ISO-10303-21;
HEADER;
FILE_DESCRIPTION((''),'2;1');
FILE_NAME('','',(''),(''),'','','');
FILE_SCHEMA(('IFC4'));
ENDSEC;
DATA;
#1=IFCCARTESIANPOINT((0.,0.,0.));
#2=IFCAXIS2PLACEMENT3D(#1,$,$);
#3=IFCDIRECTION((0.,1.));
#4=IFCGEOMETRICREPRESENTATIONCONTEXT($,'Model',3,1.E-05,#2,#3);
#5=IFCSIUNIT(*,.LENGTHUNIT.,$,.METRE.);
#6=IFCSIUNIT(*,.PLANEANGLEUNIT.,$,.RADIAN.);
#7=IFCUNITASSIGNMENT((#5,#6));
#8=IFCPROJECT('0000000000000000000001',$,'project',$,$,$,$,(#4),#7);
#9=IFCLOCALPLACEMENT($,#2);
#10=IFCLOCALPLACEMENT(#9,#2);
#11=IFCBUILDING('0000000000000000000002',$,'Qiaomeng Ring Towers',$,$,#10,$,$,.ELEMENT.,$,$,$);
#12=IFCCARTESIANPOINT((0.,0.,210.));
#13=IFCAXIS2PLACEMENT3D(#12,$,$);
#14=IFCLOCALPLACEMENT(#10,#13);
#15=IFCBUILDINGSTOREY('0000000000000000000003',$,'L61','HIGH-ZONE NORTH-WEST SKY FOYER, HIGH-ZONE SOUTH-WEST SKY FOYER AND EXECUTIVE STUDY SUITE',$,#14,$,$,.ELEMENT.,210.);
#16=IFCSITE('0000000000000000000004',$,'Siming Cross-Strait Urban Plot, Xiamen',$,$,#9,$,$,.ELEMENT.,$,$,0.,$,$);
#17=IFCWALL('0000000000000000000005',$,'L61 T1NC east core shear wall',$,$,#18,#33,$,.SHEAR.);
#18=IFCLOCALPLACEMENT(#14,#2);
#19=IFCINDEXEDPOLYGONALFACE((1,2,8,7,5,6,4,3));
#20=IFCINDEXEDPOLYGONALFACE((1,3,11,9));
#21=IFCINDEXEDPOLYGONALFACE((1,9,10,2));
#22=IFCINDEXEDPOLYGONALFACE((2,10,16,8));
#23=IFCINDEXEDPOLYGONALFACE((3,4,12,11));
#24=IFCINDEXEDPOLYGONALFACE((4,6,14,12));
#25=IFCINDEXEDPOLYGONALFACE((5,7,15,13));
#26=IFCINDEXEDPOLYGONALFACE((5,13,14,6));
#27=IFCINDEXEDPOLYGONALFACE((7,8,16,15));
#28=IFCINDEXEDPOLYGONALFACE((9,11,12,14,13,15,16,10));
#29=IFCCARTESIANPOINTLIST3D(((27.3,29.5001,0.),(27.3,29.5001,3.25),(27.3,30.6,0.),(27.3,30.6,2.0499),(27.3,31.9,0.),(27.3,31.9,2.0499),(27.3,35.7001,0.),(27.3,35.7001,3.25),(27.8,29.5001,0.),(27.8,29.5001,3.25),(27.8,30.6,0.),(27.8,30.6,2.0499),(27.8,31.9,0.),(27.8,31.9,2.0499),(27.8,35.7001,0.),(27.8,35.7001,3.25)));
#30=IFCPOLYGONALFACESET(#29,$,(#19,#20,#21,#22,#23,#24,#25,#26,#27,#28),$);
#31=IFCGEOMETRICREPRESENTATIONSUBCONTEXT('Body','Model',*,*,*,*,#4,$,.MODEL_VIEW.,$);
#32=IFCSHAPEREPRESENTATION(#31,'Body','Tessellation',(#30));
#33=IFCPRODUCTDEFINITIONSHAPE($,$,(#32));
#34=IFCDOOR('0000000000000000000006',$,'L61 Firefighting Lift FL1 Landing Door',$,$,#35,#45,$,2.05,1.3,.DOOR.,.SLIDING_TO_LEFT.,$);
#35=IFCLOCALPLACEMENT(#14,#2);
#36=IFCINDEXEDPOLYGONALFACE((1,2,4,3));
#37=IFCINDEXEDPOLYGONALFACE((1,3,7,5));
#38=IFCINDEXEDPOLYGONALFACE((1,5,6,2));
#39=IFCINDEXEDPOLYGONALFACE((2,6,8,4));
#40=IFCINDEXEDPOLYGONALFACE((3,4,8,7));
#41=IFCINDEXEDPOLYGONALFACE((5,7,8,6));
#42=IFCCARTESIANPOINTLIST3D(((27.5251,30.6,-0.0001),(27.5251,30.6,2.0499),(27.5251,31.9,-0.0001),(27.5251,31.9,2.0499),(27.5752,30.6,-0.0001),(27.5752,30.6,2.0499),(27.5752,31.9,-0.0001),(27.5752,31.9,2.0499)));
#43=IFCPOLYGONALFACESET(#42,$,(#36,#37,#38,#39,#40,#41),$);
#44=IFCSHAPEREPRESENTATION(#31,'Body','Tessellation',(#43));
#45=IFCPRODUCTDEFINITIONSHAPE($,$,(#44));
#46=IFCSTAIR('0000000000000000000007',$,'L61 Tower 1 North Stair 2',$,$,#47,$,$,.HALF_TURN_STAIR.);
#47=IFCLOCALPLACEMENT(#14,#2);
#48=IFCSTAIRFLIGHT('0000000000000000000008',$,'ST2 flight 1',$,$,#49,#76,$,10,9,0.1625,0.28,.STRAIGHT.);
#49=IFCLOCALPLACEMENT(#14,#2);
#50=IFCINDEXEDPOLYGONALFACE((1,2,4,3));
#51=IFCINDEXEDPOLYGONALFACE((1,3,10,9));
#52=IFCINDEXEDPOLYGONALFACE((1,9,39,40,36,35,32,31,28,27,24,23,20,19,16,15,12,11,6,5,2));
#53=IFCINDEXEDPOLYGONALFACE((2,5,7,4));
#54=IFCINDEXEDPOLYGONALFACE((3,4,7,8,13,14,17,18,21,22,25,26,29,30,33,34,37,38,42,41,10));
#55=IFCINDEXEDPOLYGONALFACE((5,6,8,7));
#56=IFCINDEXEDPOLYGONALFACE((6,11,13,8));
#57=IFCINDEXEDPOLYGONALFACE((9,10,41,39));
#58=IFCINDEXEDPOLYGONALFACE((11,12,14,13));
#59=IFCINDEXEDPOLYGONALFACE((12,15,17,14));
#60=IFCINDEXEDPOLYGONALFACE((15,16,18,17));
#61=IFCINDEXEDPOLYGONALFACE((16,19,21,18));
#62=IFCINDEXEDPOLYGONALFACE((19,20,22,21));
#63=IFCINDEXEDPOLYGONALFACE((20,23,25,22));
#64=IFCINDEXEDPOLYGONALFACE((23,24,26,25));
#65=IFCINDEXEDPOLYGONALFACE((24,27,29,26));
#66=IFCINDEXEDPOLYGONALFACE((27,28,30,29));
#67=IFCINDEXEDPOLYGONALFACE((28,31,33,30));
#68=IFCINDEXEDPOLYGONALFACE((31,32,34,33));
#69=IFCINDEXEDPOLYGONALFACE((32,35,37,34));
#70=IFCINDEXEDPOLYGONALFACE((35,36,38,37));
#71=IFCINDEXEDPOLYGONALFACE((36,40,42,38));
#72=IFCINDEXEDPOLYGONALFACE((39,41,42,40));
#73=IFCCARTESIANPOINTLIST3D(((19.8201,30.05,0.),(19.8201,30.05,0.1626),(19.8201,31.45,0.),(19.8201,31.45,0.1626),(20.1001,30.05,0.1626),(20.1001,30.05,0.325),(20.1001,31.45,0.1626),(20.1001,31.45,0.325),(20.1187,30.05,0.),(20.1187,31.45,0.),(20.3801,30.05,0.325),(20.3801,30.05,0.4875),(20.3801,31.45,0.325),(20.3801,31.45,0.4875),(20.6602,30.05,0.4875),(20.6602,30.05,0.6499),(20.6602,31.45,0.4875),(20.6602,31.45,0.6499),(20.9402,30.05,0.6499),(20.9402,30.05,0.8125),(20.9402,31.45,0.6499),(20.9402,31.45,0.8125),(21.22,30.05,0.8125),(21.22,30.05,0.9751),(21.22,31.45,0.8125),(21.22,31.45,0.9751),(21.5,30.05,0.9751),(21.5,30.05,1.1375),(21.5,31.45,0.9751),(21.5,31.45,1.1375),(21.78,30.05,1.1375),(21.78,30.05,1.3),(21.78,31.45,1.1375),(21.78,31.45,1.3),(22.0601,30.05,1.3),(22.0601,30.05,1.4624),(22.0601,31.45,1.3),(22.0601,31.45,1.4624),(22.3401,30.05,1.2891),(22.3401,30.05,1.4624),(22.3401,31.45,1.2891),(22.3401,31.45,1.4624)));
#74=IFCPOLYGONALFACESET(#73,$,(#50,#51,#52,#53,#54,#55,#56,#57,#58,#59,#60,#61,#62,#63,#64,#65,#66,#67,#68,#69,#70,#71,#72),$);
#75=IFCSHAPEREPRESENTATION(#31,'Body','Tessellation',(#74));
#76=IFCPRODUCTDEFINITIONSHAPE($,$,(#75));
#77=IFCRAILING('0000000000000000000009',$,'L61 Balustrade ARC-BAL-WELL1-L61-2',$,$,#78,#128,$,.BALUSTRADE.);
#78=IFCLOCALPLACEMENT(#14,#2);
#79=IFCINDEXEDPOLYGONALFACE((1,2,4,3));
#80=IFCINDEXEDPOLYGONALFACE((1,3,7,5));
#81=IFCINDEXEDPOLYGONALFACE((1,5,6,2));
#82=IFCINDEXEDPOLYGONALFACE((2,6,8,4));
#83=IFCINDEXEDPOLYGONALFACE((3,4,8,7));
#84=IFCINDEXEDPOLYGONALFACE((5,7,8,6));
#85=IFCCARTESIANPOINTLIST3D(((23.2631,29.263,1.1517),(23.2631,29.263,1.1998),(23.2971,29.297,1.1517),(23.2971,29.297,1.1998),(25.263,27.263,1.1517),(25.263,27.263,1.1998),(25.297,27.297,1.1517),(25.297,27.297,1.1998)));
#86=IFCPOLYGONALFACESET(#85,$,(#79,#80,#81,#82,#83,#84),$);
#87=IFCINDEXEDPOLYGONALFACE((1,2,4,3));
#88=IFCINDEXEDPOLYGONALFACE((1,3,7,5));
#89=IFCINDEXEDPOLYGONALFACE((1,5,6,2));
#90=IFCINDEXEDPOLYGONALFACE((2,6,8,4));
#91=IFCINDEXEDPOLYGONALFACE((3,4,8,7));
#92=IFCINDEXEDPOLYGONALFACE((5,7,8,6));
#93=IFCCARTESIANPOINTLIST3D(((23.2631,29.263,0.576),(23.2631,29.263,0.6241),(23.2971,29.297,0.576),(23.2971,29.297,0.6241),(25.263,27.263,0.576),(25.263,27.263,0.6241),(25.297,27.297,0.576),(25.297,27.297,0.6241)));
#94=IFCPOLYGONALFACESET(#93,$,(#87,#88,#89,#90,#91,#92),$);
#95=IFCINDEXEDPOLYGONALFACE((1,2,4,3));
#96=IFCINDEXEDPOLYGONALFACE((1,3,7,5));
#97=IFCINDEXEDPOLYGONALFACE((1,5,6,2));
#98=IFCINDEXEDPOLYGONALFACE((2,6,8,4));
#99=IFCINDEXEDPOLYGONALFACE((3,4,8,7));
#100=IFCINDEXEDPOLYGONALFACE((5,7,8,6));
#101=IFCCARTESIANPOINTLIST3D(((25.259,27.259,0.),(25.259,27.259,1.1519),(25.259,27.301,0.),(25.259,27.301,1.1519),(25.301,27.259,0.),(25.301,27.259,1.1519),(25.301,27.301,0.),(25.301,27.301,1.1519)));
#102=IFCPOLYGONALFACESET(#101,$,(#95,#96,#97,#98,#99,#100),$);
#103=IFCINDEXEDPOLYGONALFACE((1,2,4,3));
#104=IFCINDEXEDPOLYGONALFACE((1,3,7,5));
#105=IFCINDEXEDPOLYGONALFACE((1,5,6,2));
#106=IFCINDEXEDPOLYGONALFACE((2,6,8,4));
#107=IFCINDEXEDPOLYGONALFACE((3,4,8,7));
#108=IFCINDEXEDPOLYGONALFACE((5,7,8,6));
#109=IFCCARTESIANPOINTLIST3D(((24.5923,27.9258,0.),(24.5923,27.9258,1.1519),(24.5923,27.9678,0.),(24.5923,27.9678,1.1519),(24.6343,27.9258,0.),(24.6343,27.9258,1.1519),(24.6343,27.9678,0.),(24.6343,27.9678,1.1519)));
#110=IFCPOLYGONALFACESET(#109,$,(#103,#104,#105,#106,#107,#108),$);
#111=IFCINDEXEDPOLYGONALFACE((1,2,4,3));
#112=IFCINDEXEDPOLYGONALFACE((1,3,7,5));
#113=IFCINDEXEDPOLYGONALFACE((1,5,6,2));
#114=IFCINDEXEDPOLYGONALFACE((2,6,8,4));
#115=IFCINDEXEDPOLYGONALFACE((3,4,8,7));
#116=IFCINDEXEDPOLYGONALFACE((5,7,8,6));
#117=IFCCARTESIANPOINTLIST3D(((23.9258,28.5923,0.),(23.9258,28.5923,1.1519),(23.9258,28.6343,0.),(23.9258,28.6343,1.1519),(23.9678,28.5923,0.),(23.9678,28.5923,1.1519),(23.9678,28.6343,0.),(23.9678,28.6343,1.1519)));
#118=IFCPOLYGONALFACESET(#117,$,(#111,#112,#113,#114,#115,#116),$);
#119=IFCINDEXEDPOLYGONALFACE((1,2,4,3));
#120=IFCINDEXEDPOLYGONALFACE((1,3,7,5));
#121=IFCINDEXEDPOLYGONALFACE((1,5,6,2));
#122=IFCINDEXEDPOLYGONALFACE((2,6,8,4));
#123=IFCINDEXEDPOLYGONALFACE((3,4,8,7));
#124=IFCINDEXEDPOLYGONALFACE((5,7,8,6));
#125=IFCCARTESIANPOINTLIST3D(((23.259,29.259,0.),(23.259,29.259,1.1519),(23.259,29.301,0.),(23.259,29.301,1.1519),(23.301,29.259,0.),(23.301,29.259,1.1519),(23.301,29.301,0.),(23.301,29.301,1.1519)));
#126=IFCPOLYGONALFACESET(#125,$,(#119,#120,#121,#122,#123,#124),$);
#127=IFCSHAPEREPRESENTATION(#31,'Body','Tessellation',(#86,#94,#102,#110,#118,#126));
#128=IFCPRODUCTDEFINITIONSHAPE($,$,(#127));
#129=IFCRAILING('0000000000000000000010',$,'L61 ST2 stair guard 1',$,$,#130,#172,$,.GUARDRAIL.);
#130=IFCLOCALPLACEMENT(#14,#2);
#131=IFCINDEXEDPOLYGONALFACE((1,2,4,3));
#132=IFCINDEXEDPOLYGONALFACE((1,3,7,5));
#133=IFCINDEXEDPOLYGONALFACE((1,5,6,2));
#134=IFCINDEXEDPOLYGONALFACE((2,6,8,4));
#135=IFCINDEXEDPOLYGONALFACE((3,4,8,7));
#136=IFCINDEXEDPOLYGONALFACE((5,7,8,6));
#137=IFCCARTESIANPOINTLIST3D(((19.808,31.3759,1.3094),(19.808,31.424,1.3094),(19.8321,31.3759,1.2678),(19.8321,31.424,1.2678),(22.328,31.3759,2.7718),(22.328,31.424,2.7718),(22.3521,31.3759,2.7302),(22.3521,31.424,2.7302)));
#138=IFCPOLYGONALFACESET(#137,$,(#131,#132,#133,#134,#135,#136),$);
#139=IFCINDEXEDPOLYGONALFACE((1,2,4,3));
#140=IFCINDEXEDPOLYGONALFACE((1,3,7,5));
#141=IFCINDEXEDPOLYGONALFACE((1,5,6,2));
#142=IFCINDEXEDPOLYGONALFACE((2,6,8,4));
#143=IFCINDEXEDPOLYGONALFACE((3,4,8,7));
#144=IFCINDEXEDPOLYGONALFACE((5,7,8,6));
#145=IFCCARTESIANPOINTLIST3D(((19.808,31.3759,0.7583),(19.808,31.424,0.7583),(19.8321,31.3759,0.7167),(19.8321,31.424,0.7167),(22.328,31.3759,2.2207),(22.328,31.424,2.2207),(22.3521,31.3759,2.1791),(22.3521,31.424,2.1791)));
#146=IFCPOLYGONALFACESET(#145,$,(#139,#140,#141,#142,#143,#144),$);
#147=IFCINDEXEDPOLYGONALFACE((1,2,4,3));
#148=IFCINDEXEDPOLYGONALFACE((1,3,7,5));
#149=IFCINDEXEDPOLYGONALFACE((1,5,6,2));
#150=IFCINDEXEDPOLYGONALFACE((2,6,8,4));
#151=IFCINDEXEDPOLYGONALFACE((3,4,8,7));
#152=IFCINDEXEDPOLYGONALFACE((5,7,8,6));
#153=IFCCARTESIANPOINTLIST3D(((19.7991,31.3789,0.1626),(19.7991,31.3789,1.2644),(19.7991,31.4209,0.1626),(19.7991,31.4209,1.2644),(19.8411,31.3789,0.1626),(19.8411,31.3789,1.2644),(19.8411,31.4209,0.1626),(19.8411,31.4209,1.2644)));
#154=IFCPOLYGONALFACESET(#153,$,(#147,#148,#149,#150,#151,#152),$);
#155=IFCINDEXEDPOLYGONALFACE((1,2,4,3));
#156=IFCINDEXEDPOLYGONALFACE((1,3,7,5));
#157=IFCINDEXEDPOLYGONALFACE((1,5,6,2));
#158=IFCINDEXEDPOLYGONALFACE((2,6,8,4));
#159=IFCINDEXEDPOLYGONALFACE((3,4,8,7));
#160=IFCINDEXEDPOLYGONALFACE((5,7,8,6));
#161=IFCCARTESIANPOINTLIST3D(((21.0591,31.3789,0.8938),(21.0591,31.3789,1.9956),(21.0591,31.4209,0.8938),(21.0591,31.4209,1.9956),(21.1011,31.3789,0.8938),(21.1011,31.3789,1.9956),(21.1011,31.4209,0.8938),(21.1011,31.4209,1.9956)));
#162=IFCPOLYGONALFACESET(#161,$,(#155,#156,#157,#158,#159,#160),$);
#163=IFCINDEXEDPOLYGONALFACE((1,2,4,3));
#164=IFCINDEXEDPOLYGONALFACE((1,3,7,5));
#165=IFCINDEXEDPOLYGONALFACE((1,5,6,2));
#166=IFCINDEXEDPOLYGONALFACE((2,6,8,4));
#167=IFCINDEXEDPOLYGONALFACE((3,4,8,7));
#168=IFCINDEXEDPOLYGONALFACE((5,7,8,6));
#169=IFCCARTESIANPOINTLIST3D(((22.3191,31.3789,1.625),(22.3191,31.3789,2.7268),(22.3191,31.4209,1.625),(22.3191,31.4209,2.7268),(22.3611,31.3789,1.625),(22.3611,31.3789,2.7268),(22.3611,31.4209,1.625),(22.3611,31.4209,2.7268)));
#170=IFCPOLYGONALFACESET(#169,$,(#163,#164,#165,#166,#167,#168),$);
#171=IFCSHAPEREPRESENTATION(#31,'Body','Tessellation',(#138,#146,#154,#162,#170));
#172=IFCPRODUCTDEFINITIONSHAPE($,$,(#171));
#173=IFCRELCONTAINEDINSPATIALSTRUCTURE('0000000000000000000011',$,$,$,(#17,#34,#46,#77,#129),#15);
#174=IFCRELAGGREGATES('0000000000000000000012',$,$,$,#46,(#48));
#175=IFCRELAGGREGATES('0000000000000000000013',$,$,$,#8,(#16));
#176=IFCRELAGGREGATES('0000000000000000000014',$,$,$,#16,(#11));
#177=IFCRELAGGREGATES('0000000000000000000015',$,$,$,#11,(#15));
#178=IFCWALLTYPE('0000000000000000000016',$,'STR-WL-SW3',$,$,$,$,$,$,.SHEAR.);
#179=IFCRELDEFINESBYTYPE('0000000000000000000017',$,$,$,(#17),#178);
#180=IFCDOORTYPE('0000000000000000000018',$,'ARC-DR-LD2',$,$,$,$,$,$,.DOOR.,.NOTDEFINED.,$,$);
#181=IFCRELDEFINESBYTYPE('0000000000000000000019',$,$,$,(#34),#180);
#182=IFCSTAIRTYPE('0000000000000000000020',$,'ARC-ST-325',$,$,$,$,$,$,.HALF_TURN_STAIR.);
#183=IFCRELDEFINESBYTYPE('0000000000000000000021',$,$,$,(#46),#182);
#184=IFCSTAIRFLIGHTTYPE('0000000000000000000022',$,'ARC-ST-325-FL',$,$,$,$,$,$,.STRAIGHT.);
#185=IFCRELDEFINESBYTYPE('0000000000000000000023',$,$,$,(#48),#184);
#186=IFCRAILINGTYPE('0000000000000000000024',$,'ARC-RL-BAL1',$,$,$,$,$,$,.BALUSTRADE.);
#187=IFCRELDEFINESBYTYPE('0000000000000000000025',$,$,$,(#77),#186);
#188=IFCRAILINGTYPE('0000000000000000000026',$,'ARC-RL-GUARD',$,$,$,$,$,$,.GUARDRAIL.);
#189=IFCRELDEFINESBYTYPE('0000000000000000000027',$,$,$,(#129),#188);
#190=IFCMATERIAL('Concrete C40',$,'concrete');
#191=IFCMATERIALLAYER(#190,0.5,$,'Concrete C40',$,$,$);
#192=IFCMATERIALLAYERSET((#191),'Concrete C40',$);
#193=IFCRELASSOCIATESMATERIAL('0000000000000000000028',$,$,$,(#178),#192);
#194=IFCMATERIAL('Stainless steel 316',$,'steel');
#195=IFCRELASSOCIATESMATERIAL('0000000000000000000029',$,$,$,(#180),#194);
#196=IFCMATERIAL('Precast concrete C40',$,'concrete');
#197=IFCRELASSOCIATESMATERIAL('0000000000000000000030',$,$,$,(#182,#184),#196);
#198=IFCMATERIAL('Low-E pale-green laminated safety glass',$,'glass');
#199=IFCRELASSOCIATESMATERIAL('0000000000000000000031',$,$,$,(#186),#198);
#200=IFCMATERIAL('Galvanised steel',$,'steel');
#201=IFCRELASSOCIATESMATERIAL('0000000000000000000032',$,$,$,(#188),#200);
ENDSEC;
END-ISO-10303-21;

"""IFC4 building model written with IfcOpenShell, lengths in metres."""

from ifc_helpers import new_model, si_unit, direction, frame, frame_2d, origin, origin_2d, place, context, subcontext, project, spatial, polyline, rectangle, outline, extrude, source, transform, mapped, material, layer, layer_set, type_object, element, fill, aggregate, save


model = new_model("IFC4")

# Units and contexts
model_context = context("Model", 3, precision=1e-05, world=origin(), true_north=direction((0.0, 1.0)))
body_context = subcontext(model_context, "Body", "Model", "MODEL_VIEW")
ifc_project = project(units=[si_unit("LENGTHUNIT", "METRE"), si_unit("PLANEANGLEUNIT", "RADIAN")], contexts=[model_context])

# Site, building, storey
site_placement = place(None, origin())
site = spatial("IfcSite", under=ifc_project, at=site_placement, Name="Siming Cross-Strait Urban Plot, Xiamen", CompositionType="ELEMENT", RefElevation=0.0)
building_placement = place(site_placement, origin())
building = spatial("IfcBuilding", under=site, at=building_placement, Name="Qiaomeng Ring Towers", CompositionType="ELEMENT")
storey_placement = place(building_placement, frame((0.0, 0.0, 210.0)))
storey = spatial("IfcBuildingStorey", under=building, at=storey_placement, Name="L61", Description="HIGH-ZONE NORTH-WEST SKY FOYER, HIGH-ZONE SOUTH-WEST SKY FOYER AND EXECUTIVE STUDY SUITE", CompositionType="ELEMENT", Elevation=210.0)

# Shared definitions
ifc_material_1 = material(Name="Concrete C40", Category="concrete")

# Shared definitions
ifc_material_2 = material(Name="Stainless steel 316", Category="steel")

# Shared definitions
ifc_material_3 = material(Name="Galvanised steel", Category="steel")

# Wall, opening, door
ifc_layer_1 = layer(ifc_material_1, 0.5, Name="Concrete C40")
ifc_layer_set_1 = layer_set([ifc_layer_1], Name="Concrete C40")
wall_type_1 = type_object("IfcWallType", Name="STR-WL-SW3", PredefinedType="SHEAR", material=ifc_layer_set_1)
wall_1_placement = place(storey_placement, frame((27.55, 29.5, 0.0), z_axis=(0.0, 0.0, 1.0), x_axis=(0.0, 1.0, 0.0)))
wall_1 = element("IfcWall", 1, at=wall_1_placement, inside=storey, type_object=wall_type_1, Name="L61 T1NC east core shear wall", PredefinedType="SHEAR", context=body_context, shape_type="SweptSolid", body=[
    extrude(rectangle(XDim=6.2, YDim=0.5, at=frame_2d((3.1001, 0.0))), origin(), (0.0, 0.0, 1.0), 3.25),
])
opening_1_placement = place(wall_1_placement, frame((1.1001, 0.0, 0.0)))
opening_1 = element("IfcOpeningElement", 2, at=opening_1_placement, cuts=wall_1, PredefinedType="OPENING", context=body_context, shape_type="SweptSolid", body=[
    extrude(rectangle(XDim=1.3, YDim=2.05, at=frame_2d((0.6499, 1.0249))), frame((0.0, 0.26, 0.0), z_axis=(0.0, -1.0, 0.0), x_axis=(1.0, 0.0, 0.0)), (0.0, 0.0, 1.0), 0.52),
])
door_type_1 = type_object("IfcDoorType", Name="ARC-DR-LD2", OperationType="NOTDEFINED", PredefinedType="DOOR", material=ifc_material_2)
shared_shape_1 = source(origin(), body_context, "Body", "SweptSolid", [
    extrude(rectangle(XDim=1.3, YDim=2.05, at=frame_2d((0.6499, 1.0249))), frame((0.0, 0.0249, 0.0), z_axis=(0.0, -1.0, 0.0), x_axis=(1.0, 0.0, 0.0)), (0.0, 0.0, 1.0), 0.05),
])
door_1_placement = place(opening_1_placement, origin())
door_1 = element("IfcDoor", 3, at=door_1_placement, inside=storey, type_object=door_type_1, Name="L61 Firefighting Lift FL1 Landing Door", OperationType="SLIDING_TO_LEFT", OverallHeight=2.05, OverallWidth=1.3, PredefinedType="DOOR", context=body_context, shape_type="MappedRepresentation", body=[
    mapped(shared_shape_1, transform((0.0, 0.0, 0.0), x_axis=(1.0, 0.0, 0.0), y_axis=(0.0, 1.0, 0.0), z_axis=(0.0, 0.0, 1.0), scale=1.0)),
])
fill(opening_1, door_1)

# Stair, stair flight
ifc_material_4 = material(Name="Precast concrete C40", Category="concrete")
stair_type = type_object("IfcStairType", Name="ARC-ST-325", PredefinedType="HALF_TURN_STAIR", material=ifc_material_4)
stair_placement = place(storey_placement, origin())
stair = element("IfcStair", 4, at=stair_placement, inside=storey, type_object=stair_type, Name="L61 Tower 1 North Stair 2", PredefinedType="HALF_TURN_STAIR")
stair_flight_type = type_object("IfcStairFlightType", Name="ARC-ST-325-FL", PredefinedType="STRAIGHT", material=ifc_material_4)
shared_shape_2 = source(origin(), body_context, "Body", "SweptSolid", [
    extrude(outline(polyline([(0.0, 0.0), (0.0, 0.1626), (0.28, 0.1626), (0.28, 0.325), (0.5601, 0.325), (0.5601, 0.4875), (0.8401, 0.4875), (0.8401, 0.6499), (1.1201, 0.6499), (1.1201, 0.8125), (1.3999, 0.8125), (1.3999, 0.9751), (1.6799, 0.9751), (1.6799, 1.1375), (1.96, 1.1375), (1.96, 1.3), (2.24, 1.3), (2.24, 1.4624), (2.52, 1.4624), (2.52, 1.625), (2.52, 1.2891), (0.2986, 0.0), (0.0, 0.0)])), frame((0.0, 0.7, 0.0), z_axis=(0.0, -1.0, 0.0), x_axis=(1.0, 0.0, 0.0)), (0.0, 0.0, 1.0), 1.3999),
])
stair_flight_placement = place(storey_placement, frame((19.8201, 30.75, 0.0), z_axis=(0.0, 0.0, 1.0), x_axis=(1.0, 0.0, 0.0)))
stair_flight = element("IfcStairFlight", 5, at=stair_flight_placement, type_object=stair_flight_type, Name="ST2 flight 1", NumberOfRisers=10, NumberOfTreads=9, PredefinedType="STRAIGHT", RiserHeight=0.1625, TreadLength=0.28, context=body_context, shape_type="MappedRepresentation", body=[
    mapped(shared_shape_2, transform((0.0, 0.0, 0.0), x_axis=(1.0, 0.0, 0.0), y_axis=(0.0, 1.0, 0.0), z_axis=(0.0, 0.0, 1.0), scale=1.0)),
])
aggregate(stair, [stair_flight])

# Railings
ifc_material_5 = material(Name="Low-E pale-green laminated safety glass", Category="glass")
railing_type_1 = type_object("IfcRailingType", Name="ARC-RL-BAL1", PredefinedType="BALUSTRADE", material=ifc_material_5)
railing_1_placement = place(storey_placement, frame((25.28, 27.28, 0.0)))
element("IfcRailing", 6, at=railing_1_placement, inside=storey, type_object=railing_type_1, Name="L61 Balustrade ARC-BAL-WELL1-L61-2", PredefinedType="BALUSTRADE", context=body_context, shape_type="SweptSolid", body=[
    extrude(rectangle(XDim=0.0481, YDim=0.0481, at=origin_2d()), frame((0.0, 0.0, 1.1758), z_axis=(-0.707107, 0.707107, 0.0), x_axis=(-0.707107, -0.707107, 0.0)), (0.0, 0.0, 1.0), 2.8284),
    extrude(rectangle(XDim=0.0481, YDim=0.0481, at=origin_2d()), frame((0.0, 0.0, 0.6001), z_axis=(-0.707107, 0.707107, 0.0), x_axis=(-0.707107, -0.707107, 0.0)), (0.0, 0.0, 1.0), 2.8284),
    extrude(rectangle(XDim=0.042, YDim=0.042, at=origin_2d()), origin(), (0.0, 0.0, 1.0), 1.1519),
    extrude(rectangle(XDim=0.042, YDim=0.042, at=origin_2d()), frame((-0.6667, 0.6667, 0.0)), (0.0, 0.0, 1.0), 1.1519),
    extrude(rectangle(XDim=0.042, YDim=0.042, at=origin_2d()), frame((-1.3333, 1.3333, 0.0)), (0.0, 0.0, 1.0), 1.1519),
    extrude(rectangle(XDim=0.042, YDim=0.042, at=origin_2d()), frame((-2.0, 2.0, 0.0)), (0.0, 0.0, 1.0), 1.1519),
])
railing_type_2 = type_object("IfcRailingType", Name="ARC-RL-GUARD", PredefinedType="GUARDRAIL", material=ifc_material_3)
railing_2_placement = place(storey_placement, frame((19.8201, 31.3999, 0.1626)))
element("IfcRailing", 7, at=railing_2_placement, inside=storey, type_object=railing_type_2, Name="L61 ST2 stair guard 1", PredefinedType="GUARDRAIL", context=body_context, shape_type="SweptSolid", body=[
    extrude(rectangle(XDim=0.0481, YDim=0.0481, at=origin_2d()), frame((0.0, 0.0, 1.126), z_axis=(0.864913, 0.0, 0.501921), x_axis=(0.0, 1.0, 0.0)), (0.0, 0.0, 1.0), 2.9136),
    extrude(rectangle(XDim=0.0481, YDim=0.0481, at=origin_2d()), frame((0.0, 0.0, 0.575), z_axis=(0.864913, 0.0, 0.501921), x_axis=(0.0, 1.0, 0.0)), (0.0, 0.0, 1.0), 2.9136),
    extrude(rectangle(XDim=0.042, YDim=0.042, at=origin_2d()), origin(), (0.0, 0.0, 1.0), 1.1018),
    extrude(rectangle(XDim=0.042, YDim=0.042, at=origin_2d()), frame((1.26, 0.0, 0.7312)), (0.0, 0.0, 1.0), 1.1018),
    extrude(rectangle(XDim=0.042, YDim=0.042, at=origin_2d()), frame((2.52, 0.0, 1.4624)), (0.0, 0.0, 1.0), 1.1018),
])

save(model, "model.ifc")
